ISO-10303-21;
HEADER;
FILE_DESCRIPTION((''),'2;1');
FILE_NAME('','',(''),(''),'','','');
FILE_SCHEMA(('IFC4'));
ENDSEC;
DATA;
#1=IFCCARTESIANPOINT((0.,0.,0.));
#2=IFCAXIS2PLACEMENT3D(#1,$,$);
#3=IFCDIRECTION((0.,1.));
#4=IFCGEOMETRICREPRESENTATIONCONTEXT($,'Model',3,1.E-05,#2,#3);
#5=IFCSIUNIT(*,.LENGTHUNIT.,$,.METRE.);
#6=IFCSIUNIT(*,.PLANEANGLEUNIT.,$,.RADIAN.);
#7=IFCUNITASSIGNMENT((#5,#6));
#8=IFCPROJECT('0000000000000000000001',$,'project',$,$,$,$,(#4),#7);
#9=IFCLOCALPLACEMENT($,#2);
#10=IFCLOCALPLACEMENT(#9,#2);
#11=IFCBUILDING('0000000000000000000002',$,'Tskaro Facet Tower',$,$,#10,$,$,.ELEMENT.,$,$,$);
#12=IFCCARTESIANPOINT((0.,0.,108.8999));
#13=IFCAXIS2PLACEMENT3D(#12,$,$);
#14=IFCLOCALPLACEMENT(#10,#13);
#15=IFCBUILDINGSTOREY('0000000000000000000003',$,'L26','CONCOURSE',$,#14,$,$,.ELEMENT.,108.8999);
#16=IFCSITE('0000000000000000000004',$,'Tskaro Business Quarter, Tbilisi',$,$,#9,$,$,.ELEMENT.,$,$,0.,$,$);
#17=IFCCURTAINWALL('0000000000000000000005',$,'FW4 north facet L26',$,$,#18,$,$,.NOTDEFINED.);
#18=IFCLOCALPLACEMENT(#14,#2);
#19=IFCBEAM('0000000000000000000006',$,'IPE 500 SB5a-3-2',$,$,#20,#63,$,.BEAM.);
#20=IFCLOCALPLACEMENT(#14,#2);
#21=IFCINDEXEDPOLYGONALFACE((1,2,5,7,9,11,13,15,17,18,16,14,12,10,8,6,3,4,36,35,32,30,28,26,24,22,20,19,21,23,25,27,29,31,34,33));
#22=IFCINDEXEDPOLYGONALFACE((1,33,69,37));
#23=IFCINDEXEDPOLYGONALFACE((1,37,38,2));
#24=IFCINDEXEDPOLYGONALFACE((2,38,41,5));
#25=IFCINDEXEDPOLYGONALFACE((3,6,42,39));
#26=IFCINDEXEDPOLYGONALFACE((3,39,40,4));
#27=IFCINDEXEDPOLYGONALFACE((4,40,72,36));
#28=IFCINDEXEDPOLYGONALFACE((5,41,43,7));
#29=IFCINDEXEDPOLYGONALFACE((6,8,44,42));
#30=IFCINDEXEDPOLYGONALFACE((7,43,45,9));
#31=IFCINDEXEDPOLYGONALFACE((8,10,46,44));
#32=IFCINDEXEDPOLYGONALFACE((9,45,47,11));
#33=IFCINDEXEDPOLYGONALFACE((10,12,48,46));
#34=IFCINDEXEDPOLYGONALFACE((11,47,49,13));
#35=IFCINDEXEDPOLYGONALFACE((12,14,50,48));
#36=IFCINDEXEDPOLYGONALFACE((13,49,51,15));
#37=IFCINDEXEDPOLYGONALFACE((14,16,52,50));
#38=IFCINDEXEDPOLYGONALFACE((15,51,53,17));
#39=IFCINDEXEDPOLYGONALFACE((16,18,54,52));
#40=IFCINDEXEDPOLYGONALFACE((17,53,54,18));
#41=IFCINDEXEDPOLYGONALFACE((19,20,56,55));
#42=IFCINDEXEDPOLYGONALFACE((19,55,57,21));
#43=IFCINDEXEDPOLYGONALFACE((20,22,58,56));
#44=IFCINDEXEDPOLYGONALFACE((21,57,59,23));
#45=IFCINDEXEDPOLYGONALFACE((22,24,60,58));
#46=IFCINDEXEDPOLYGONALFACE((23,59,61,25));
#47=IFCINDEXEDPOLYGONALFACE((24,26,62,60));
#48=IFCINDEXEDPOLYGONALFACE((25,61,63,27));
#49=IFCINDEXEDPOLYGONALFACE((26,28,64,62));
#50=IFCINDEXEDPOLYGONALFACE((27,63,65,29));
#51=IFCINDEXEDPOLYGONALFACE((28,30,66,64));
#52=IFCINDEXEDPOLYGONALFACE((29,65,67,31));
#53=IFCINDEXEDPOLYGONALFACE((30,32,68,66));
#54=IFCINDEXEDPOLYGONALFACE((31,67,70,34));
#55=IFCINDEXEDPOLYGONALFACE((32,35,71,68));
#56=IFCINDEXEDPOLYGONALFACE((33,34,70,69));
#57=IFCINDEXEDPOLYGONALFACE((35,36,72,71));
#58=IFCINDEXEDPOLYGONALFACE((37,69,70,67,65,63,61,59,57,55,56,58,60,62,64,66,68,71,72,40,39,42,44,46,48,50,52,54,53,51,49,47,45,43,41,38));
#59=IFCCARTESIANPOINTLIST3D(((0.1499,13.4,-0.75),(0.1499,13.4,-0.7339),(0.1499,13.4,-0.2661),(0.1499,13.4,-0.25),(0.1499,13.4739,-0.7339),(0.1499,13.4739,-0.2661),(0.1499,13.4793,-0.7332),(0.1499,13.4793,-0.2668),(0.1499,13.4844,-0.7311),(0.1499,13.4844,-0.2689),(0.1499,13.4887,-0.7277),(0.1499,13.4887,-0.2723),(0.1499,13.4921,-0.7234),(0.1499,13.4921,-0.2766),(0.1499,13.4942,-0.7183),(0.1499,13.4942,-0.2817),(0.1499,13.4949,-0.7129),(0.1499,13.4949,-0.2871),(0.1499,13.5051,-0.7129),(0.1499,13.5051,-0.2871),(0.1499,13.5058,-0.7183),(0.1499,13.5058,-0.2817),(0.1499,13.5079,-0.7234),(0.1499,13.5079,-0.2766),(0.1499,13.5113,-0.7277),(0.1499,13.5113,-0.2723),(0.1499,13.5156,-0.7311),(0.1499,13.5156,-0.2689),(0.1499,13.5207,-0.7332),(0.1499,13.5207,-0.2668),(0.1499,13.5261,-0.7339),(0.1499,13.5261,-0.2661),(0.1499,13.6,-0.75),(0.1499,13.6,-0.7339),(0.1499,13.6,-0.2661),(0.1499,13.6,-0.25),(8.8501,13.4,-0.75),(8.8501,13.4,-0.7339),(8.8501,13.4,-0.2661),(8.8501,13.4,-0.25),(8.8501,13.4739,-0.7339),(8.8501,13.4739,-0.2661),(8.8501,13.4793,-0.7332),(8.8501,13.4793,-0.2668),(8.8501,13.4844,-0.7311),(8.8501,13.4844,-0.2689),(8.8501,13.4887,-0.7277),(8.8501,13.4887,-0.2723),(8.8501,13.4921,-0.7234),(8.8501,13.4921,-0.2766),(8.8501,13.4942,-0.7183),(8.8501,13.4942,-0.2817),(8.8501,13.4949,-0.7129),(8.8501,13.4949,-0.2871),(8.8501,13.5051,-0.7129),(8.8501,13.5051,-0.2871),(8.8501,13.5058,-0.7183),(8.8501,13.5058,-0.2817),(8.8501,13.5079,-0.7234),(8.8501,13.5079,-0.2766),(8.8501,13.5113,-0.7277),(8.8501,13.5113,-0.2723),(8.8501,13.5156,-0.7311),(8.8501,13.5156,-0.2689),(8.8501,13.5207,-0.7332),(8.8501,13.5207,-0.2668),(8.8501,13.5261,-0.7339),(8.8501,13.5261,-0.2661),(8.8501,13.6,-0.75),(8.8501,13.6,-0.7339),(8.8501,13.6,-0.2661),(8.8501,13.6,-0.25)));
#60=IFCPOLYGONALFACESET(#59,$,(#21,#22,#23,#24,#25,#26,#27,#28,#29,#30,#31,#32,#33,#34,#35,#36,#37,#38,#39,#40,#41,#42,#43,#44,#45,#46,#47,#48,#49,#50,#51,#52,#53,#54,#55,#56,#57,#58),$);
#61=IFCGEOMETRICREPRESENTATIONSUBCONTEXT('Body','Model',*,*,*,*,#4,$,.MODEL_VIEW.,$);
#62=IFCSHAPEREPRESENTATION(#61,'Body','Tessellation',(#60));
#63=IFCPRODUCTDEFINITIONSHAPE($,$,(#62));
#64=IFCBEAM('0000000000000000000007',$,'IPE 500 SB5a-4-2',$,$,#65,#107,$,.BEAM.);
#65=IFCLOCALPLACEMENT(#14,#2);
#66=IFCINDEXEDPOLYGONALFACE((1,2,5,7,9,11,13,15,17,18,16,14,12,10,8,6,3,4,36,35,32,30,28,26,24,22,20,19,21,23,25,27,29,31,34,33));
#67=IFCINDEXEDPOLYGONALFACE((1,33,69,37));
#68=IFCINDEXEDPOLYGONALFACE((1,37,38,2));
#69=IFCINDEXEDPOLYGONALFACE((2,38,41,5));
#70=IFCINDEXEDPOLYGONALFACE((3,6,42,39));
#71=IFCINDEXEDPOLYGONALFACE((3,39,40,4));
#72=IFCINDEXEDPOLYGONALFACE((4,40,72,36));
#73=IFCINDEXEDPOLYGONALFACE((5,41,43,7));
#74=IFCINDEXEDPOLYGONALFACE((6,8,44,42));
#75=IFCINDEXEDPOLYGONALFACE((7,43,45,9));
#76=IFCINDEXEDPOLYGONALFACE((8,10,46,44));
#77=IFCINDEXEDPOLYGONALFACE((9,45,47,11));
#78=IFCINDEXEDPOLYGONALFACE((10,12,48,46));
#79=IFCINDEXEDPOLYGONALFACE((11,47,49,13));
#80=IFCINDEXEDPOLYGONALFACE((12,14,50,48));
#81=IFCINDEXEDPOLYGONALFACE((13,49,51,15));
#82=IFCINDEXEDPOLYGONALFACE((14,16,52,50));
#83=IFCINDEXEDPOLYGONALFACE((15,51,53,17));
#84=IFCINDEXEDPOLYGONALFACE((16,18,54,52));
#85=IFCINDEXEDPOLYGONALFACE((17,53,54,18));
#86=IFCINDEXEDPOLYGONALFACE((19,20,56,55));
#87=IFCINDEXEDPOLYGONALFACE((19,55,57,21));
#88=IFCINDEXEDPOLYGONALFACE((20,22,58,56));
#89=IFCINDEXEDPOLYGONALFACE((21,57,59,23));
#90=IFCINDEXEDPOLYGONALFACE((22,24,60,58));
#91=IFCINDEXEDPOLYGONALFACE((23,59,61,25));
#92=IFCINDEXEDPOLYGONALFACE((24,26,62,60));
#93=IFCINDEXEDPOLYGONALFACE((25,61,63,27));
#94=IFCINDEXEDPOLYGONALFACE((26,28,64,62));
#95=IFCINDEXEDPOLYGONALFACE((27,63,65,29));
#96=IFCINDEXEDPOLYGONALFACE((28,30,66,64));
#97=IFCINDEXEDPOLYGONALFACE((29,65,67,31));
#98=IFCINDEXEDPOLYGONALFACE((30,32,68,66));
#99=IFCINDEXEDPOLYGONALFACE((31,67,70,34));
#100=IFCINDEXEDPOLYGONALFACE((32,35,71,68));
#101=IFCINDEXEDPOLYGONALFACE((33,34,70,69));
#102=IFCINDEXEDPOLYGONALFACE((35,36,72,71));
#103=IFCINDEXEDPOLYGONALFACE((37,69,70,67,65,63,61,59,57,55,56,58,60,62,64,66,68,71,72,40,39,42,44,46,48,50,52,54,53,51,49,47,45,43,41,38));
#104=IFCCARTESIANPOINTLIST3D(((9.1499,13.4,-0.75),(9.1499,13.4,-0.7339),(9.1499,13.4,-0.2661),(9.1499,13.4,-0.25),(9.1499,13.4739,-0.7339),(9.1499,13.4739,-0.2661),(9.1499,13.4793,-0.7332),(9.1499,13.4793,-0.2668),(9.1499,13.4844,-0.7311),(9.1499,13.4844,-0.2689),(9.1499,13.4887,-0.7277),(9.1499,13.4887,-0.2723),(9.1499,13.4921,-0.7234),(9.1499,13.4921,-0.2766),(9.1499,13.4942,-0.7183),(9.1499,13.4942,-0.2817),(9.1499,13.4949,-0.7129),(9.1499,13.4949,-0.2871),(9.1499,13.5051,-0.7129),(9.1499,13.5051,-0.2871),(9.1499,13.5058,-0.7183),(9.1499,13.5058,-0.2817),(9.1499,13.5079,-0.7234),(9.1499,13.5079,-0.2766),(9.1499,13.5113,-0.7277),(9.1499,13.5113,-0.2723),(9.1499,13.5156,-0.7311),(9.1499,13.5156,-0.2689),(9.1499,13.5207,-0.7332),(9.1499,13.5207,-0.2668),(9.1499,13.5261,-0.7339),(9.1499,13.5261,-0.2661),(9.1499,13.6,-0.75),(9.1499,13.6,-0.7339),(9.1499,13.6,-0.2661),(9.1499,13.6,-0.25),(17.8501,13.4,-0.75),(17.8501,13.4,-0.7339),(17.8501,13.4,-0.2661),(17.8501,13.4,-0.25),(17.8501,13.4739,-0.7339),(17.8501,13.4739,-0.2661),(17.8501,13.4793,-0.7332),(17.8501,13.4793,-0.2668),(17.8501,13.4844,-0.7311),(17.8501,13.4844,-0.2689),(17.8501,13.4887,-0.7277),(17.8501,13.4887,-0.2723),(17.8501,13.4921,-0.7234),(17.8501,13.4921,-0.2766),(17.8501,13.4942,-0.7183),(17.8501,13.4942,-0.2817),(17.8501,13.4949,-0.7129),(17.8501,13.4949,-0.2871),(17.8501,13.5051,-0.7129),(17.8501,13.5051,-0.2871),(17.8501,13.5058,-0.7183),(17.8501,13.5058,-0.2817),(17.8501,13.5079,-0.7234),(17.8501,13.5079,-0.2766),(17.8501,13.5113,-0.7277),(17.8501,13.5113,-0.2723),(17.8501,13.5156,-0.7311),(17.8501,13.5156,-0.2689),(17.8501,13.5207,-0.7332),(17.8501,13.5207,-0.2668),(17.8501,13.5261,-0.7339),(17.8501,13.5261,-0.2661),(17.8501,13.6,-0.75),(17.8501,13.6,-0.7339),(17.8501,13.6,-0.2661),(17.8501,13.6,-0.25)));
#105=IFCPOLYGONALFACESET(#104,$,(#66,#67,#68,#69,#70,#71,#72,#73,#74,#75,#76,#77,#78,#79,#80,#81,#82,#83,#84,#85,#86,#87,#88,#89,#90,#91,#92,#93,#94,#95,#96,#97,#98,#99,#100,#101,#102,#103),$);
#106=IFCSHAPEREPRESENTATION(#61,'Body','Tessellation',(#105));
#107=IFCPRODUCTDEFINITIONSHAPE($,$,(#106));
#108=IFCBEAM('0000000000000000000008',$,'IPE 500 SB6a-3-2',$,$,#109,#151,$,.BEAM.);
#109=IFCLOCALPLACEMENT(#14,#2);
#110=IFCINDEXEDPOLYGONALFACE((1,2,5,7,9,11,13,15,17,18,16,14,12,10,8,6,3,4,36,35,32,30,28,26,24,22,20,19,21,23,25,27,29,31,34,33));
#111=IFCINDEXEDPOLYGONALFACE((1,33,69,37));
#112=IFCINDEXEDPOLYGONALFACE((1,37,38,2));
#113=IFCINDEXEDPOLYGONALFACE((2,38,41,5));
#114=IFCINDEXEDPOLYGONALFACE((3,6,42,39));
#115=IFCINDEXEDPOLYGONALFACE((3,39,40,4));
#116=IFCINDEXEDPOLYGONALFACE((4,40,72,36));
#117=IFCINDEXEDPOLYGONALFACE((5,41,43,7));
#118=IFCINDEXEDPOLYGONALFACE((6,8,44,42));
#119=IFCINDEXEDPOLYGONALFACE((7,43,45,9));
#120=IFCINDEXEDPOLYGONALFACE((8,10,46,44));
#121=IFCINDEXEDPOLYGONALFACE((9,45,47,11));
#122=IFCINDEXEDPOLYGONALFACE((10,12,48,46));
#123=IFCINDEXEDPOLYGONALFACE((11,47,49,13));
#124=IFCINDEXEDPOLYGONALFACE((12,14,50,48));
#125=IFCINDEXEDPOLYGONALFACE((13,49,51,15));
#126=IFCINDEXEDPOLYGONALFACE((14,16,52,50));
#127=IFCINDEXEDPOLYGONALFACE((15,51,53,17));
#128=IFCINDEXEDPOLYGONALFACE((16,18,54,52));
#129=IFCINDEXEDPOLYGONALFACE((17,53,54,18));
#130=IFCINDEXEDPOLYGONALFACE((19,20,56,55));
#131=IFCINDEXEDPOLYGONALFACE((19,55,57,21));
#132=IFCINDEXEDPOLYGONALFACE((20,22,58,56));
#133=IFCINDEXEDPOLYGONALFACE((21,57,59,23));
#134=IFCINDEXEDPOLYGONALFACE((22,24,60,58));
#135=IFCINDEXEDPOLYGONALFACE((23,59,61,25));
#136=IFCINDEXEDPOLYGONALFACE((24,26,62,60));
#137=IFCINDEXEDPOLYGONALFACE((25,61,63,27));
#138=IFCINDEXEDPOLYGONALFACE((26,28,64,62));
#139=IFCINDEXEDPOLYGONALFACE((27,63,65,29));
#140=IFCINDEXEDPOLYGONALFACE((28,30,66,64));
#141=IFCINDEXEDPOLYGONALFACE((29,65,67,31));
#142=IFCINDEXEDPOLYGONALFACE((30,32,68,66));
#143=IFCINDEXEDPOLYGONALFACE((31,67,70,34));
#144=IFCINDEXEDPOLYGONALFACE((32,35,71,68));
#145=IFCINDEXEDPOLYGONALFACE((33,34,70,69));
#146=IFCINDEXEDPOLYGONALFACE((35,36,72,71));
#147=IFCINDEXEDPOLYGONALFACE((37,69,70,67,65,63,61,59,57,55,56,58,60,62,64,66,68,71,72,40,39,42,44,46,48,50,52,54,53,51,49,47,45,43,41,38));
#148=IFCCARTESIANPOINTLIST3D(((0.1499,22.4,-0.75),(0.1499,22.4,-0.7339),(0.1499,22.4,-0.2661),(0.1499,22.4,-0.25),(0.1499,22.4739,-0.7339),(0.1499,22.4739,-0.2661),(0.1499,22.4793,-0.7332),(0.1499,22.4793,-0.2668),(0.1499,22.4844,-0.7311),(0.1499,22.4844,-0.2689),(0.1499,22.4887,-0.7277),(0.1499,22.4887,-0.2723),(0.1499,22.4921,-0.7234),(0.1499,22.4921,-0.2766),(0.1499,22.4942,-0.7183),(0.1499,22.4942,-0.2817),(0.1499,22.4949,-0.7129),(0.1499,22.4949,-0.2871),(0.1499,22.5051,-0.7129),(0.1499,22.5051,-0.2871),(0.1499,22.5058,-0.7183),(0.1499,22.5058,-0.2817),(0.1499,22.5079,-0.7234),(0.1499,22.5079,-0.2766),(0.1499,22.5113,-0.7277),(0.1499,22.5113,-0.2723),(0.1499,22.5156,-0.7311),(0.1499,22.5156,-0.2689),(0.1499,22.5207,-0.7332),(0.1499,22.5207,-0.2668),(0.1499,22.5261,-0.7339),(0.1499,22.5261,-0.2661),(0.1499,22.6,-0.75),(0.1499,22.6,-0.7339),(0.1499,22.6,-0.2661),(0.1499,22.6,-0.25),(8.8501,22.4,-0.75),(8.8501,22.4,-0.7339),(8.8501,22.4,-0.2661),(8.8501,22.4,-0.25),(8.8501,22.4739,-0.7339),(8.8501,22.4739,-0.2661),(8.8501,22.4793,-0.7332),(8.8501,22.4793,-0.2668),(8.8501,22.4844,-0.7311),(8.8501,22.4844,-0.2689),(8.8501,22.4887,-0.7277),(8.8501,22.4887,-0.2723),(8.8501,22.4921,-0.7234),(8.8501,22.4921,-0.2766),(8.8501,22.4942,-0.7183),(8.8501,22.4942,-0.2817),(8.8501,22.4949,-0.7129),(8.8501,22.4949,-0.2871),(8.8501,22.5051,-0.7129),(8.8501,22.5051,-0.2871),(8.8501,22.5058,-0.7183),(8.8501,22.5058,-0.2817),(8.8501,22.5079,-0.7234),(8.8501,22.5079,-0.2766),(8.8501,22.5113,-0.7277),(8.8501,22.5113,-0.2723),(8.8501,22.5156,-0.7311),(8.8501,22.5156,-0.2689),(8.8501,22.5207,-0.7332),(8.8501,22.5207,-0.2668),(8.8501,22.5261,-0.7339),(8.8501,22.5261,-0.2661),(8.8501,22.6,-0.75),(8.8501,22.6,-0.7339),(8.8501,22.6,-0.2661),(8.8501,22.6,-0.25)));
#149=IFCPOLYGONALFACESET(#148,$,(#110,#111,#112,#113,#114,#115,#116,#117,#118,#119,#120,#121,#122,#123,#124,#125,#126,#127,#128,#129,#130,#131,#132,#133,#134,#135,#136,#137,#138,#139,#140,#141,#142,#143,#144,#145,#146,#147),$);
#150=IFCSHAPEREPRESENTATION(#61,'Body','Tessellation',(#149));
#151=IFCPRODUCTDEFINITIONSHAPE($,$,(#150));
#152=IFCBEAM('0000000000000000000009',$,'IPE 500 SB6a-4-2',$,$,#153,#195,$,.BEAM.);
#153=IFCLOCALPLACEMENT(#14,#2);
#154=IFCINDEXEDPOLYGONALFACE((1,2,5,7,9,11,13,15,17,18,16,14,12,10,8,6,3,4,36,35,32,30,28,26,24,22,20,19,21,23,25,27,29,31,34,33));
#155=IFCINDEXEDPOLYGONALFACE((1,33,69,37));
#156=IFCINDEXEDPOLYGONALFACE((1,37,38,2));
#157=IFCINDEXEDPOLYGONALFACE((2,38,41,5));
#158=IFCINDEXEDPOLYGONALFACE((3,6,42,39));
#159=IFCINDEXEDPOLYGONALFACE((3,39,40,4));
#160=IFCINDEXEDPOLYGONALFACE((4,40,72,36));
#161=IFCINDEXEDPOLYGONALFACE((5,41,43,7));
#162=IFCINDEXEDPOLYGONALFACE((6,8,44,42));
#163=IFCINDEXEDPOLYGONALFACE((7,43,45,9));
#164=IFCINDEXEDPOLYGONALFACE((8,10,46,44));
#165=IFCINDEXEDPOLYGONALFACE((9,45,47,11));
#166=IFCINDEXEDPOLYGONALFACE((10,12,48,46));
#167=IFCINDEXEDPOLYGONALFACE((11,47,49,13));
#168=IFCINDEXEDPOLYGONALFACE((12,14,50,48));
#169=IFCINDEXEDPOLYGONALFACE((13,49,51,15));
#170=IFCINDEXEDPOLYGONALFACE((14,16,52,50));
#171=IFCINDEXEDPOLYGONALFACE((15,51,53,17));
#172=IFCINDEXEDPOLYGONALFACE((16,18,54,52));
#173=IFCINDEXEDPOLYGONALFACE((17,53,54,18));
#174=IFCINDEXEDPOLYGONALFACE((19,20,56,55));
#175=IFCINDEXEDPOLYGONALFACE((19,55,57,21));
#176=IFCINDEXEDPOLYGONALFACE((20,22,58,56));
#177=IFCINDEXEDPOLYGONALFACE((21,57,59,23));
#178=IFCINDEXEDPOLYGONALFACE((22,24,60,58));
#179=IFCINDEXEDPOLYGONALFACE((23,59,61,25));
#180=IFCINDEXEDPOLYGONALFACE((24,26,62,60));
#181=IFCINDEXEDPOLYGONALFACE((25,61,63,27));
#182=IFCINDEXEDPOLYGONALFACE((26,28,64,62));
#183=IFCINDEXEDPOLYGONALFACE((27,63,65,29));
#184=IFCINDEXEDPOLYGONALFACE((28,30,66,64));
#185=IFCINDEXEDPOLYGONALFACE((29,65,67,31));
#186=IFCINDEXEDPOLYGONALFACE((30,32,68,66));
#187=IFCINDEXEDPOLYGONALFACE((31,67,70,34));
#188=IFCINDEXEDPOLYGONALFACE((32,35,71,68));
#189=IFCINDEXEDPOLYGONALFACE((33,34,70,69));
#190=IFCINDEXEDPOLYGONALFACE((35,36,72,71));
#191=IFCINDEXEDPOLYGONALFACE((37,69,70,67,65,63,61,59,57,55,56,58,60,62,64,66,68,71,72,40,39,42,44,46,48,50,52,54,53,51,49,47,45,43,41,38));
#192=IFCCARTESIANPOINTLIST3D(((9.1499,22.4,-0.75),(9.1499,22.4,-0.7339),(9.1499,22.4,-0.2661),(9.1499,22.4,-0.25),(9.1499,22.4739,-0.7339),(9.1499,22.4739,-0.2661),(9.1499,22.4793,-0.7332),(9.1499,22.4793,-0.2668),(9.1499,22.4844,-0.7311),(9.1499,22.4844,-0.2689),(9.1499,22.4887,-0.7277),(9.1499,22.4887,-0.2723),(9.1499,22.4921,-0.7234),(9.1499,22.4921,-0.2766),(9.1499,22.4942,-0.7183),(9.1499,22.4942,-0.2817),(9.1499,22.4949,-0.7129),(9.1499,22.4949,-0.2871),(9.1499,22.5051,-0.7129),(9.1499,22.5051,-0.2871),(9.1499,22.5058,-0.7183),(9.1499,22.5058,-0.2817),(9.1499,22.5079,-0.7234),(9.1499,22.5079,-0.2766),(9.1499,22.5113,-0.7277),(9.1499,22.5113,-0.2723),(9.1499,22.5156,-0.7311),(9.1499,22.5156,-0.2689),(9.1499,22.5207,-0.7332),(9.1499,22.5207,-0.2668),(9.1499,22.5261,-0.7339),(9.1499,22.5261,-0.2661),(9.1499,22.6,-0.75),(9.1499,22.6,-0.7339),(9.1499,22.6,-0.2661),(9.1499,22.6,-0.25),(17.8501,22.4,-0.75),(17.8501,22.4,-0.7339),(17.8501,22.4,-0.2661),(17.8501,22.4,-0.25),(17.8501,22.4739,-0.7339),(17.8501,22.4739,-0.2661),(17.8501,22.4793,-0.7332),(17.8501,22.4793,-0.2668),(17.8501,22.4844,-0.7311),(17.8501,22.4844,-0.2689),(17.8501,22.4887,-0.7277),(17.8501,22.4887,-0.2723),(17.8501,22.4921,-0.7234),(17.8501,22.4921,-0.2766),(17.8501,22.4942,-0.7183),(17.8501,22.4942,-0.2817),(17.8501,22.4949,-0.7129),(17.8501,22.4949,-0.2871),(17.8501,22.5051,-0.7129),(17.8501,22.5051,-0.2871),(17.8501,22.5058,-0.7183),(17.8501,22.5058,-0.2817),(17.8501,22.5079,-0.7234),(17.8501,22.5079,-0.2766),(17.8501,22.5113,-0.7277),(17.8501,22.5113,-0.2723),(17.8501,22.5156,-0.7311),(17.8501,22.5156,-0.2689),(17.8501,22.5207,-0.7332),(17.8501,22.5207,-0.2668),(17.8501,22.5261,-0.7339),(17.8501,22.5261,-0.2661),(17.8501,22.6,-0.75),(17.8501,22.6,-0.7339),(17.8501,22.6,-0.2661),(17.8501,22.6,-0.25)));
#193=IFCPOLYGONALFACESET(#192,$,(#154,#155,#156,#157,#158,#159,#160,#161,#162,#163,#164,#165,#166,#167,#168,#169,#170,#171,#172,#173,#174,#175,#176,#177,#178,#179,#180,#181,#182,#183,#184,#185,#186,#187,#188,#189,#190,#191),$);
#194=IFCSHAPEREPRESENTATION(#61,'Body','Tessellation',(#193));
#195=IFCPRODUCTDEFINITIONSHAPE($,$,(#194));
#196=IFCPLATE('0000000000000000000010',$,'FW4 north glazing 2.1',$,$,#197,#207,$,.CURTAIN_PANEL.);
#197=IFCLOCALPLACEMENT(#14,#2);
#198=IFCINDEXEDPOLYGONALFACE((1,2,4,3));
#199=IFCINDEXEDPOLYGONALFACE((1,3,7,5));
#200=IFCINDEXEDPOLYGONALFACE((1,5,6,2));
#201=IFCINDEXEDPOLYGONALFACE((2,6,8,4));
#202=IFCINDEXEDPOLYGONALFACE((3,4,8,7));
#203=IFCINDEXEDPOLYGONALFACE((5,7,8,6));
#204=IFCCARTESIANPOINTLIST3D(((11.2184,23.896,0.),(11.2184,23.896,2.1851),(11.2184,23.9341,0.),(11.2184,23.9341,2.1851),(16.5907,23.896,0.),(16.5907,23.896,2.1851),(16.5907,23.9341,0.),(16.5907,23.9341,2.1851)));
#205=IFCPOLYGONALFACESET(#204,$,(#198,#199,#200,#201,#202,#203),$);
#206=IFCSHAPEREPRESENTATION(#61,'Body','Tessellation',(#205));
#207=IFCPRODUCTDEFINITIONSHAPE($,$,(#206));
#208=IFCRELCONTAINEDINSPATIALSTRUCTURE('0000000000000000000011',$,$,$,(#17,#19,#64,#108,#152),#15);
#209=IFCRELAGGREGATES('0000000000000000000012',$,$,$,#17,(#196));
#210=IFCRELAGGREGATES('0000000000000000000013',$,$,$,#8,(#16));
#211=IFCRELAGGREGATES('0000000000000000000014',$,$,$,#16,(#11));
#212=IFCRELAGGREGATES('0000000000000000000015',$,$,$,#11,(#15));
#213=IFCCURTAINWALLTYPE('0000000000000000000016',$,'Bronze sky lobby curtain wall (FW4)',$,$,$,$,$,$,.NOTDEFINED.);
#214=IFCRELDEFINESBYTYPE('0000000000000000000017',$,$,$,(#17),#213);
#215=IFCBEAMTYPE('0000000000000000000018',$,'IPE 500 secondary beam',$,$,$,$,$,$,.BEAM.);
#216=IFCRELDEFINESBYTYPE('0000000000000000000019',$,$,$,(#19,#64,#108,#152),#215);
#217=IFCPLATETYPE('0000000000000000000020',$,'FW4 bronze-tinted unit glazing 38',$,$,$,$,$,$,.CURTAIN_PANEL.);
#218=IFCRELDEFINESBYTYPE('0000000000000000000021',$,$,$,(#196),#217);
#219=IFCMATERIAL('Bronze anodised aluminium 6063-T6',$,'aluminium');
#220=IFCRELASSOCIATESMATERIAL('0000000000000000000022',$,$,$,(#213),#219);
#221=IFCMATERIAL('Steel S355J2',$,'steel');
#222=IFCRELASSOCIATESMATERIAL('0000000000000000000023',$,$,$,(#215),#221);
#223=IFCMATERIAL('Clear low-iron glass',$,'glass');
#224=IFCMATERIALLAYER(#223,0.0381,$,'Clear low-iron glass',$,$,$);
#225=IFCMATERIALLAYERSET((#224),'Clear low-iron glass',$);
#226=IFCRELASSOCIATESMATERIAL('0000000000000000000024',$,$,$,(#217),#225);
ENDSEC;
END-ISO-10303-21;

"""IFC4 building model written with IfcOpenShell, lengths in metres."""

from ifc_helpers import new_model, si_unit, direction, frame, origin, origin_2d, place, context, subcontext, project, spatial, rectangle, i_section, extrude, material, layer, layer_set, material_profile, profile_set, type_object, element, aggregate, save


model = new_model("IFC4")

# Units and contexts
model_context = context("Model", 3, precision=1e-05, world=origin(), true_north=direction((0.0, 1.0)))
body_context = subcontext(model_context, "Body", "Model", "MODEL_VIEW")
ifc_project = project(units=[si_unit("LENGTHUNIT", "METRE"), si_unit("PLANEANGLEUNIT", "RADIAN")], contexts=[model_context])

# Site, building, storey
site_placement = place(None, origin())
site = spatial("IfcSite", under=ifc_project, at=site_placement, Name="Tskaro Business Quarter, Tbilisi", CompositionType="ELEMENT", RefElevation=0.0)
building_placement = place(site_placement, origin())
building = spatial("IfcBuilding", under=site, at=building_placement, Name="Tskaro Facet Tower", CompositionType="ELEMENT")
storey_placement = place(building_placement, frame((0.0, 0.0, 108.8999)))
storey = spatial("IfcBuildingStorey", under=building, at=storey_placement, Name="L26", Description="CONCOURSE", CompositionType="ELEMENT", Elevation=108.8999)

# Curtain wall
ifc_material_1 = material(Name="Bronze anodised aluminium 6063-T6", Category="aluminium")
curtain_wall_type = type_object("IfcCurtainWallType", Name="Bronze sky lobby curtain wall (FW4)", PredefinedType="NOTDEFINED", material=ifc_material_1)
curtain_wall_placement = place(storey_placement, origin())
curtain_wall = element("IfcCurtainWall", 1, at=curtain_wall_placement, inside=storey, type_object=curtain_wall_type, Name="FW4 north facet L26", PredefinedType="NOTDEFINED")

# Beams
ifc_material_2 = material(Name="Steel S355J2", Category="steel")
ifc_material_profile_1 = material_profile(ifc_material_2, i_section(OverallWidth=0.2, OverallDepth=0.5, WebThickness=0.0103, FlangeThickness=0.0161, FilletRadius=0.021, at=origin_2d()), Name="IPE 500")
ifc_profile_set_1 = profile_set([ifc_material_profile_1], Name="Steel S355J2")
beam_type_1 = type_object("IfcBeamType", Name="IPE 500 secondary beam", PredefinedType="BEAM", material=ifc_profile_set_1)
for number, where, z_axis, x_axis, name in (
    (2, (0.1499, 13.5, -0.5), (1.0, 0.0, 0.0), (0.0, 1.0, 0.0), "IPE 500 SB5a-3-2"),
    (3, (9.1499, 13.5, -0.5), (1.0, 0.0, 0.0), (0.0, 1.0, 0.0), "IPE 500 SB5a-4-2"),
    (4, (0.1499, 22.5, -0.5), (1.0, 0.0, 0.0), (0.0, 1.0, 0.0), "IPE 500 SB6a-3-2"),
    (5, (9.1499, 22.5, -0.5), (1.0, 0.0, 0.0), (0.0, 1.0, 0.0), "IPE 500 SB6a-4-2"),
):
    element("IfcBeam", number, at=place(storey_placement, frame(where, z_axis=z_axis, x_axis=x_axis)), inside=storey, type_object=beam_type_1, Name=name, PredefinedType="BEAM", context=body_context, shape_type="SweptSolid", body=[
        extrude(i_section(OverallWidth=0.2, OverallDepth=0.5, WebThickness=0.0103, FlangeThickness=0.0161, FilletRadius=0.021, at=origin_2d()), origin(), (0.0, 0.0, 1.0), 8.7002),
    ])

# Plate
ifc_material_3 = material(Name="Clear low-iron glass", Category="glass")
ifc_layer = layer(ifc_material_3, 0.0381, Name="Clear low-iron glass")
ifc_layer_set = layer_set([ifc_layer], Name="Clear low-iron glass")
plate_type = type_object("IfcPlateType", Name="FW4 bronze-tinted unit glazing 38", PredefinedType="CURTAIN_PANEL", material=ifc_layer_set)
plate_1_placement = place(storey_placement, frame((13.9045, 23.915, 0.0), z_axis=(0.0, 0.0, 1.0), x_axis=(-1.0, 0.0, 0.0)))
plate_1 = element("IfcPlate", 6, at=plate_1_placement, type_object=plate_type, Name="FW4 north glazing 2.1", PredefinedType="CURTAIN_PANEL", context=body_context, shape_type="SweptSolid", body=[
    extrude(rectangle(XDim=5.3723, YDim=0.0381, at=origin_2d()), origin(), (0.0, 0.0, 1.0), 2.1851),
])
aggregate(curtain_wall, [plate_1])

save(model, "model.ifc")
